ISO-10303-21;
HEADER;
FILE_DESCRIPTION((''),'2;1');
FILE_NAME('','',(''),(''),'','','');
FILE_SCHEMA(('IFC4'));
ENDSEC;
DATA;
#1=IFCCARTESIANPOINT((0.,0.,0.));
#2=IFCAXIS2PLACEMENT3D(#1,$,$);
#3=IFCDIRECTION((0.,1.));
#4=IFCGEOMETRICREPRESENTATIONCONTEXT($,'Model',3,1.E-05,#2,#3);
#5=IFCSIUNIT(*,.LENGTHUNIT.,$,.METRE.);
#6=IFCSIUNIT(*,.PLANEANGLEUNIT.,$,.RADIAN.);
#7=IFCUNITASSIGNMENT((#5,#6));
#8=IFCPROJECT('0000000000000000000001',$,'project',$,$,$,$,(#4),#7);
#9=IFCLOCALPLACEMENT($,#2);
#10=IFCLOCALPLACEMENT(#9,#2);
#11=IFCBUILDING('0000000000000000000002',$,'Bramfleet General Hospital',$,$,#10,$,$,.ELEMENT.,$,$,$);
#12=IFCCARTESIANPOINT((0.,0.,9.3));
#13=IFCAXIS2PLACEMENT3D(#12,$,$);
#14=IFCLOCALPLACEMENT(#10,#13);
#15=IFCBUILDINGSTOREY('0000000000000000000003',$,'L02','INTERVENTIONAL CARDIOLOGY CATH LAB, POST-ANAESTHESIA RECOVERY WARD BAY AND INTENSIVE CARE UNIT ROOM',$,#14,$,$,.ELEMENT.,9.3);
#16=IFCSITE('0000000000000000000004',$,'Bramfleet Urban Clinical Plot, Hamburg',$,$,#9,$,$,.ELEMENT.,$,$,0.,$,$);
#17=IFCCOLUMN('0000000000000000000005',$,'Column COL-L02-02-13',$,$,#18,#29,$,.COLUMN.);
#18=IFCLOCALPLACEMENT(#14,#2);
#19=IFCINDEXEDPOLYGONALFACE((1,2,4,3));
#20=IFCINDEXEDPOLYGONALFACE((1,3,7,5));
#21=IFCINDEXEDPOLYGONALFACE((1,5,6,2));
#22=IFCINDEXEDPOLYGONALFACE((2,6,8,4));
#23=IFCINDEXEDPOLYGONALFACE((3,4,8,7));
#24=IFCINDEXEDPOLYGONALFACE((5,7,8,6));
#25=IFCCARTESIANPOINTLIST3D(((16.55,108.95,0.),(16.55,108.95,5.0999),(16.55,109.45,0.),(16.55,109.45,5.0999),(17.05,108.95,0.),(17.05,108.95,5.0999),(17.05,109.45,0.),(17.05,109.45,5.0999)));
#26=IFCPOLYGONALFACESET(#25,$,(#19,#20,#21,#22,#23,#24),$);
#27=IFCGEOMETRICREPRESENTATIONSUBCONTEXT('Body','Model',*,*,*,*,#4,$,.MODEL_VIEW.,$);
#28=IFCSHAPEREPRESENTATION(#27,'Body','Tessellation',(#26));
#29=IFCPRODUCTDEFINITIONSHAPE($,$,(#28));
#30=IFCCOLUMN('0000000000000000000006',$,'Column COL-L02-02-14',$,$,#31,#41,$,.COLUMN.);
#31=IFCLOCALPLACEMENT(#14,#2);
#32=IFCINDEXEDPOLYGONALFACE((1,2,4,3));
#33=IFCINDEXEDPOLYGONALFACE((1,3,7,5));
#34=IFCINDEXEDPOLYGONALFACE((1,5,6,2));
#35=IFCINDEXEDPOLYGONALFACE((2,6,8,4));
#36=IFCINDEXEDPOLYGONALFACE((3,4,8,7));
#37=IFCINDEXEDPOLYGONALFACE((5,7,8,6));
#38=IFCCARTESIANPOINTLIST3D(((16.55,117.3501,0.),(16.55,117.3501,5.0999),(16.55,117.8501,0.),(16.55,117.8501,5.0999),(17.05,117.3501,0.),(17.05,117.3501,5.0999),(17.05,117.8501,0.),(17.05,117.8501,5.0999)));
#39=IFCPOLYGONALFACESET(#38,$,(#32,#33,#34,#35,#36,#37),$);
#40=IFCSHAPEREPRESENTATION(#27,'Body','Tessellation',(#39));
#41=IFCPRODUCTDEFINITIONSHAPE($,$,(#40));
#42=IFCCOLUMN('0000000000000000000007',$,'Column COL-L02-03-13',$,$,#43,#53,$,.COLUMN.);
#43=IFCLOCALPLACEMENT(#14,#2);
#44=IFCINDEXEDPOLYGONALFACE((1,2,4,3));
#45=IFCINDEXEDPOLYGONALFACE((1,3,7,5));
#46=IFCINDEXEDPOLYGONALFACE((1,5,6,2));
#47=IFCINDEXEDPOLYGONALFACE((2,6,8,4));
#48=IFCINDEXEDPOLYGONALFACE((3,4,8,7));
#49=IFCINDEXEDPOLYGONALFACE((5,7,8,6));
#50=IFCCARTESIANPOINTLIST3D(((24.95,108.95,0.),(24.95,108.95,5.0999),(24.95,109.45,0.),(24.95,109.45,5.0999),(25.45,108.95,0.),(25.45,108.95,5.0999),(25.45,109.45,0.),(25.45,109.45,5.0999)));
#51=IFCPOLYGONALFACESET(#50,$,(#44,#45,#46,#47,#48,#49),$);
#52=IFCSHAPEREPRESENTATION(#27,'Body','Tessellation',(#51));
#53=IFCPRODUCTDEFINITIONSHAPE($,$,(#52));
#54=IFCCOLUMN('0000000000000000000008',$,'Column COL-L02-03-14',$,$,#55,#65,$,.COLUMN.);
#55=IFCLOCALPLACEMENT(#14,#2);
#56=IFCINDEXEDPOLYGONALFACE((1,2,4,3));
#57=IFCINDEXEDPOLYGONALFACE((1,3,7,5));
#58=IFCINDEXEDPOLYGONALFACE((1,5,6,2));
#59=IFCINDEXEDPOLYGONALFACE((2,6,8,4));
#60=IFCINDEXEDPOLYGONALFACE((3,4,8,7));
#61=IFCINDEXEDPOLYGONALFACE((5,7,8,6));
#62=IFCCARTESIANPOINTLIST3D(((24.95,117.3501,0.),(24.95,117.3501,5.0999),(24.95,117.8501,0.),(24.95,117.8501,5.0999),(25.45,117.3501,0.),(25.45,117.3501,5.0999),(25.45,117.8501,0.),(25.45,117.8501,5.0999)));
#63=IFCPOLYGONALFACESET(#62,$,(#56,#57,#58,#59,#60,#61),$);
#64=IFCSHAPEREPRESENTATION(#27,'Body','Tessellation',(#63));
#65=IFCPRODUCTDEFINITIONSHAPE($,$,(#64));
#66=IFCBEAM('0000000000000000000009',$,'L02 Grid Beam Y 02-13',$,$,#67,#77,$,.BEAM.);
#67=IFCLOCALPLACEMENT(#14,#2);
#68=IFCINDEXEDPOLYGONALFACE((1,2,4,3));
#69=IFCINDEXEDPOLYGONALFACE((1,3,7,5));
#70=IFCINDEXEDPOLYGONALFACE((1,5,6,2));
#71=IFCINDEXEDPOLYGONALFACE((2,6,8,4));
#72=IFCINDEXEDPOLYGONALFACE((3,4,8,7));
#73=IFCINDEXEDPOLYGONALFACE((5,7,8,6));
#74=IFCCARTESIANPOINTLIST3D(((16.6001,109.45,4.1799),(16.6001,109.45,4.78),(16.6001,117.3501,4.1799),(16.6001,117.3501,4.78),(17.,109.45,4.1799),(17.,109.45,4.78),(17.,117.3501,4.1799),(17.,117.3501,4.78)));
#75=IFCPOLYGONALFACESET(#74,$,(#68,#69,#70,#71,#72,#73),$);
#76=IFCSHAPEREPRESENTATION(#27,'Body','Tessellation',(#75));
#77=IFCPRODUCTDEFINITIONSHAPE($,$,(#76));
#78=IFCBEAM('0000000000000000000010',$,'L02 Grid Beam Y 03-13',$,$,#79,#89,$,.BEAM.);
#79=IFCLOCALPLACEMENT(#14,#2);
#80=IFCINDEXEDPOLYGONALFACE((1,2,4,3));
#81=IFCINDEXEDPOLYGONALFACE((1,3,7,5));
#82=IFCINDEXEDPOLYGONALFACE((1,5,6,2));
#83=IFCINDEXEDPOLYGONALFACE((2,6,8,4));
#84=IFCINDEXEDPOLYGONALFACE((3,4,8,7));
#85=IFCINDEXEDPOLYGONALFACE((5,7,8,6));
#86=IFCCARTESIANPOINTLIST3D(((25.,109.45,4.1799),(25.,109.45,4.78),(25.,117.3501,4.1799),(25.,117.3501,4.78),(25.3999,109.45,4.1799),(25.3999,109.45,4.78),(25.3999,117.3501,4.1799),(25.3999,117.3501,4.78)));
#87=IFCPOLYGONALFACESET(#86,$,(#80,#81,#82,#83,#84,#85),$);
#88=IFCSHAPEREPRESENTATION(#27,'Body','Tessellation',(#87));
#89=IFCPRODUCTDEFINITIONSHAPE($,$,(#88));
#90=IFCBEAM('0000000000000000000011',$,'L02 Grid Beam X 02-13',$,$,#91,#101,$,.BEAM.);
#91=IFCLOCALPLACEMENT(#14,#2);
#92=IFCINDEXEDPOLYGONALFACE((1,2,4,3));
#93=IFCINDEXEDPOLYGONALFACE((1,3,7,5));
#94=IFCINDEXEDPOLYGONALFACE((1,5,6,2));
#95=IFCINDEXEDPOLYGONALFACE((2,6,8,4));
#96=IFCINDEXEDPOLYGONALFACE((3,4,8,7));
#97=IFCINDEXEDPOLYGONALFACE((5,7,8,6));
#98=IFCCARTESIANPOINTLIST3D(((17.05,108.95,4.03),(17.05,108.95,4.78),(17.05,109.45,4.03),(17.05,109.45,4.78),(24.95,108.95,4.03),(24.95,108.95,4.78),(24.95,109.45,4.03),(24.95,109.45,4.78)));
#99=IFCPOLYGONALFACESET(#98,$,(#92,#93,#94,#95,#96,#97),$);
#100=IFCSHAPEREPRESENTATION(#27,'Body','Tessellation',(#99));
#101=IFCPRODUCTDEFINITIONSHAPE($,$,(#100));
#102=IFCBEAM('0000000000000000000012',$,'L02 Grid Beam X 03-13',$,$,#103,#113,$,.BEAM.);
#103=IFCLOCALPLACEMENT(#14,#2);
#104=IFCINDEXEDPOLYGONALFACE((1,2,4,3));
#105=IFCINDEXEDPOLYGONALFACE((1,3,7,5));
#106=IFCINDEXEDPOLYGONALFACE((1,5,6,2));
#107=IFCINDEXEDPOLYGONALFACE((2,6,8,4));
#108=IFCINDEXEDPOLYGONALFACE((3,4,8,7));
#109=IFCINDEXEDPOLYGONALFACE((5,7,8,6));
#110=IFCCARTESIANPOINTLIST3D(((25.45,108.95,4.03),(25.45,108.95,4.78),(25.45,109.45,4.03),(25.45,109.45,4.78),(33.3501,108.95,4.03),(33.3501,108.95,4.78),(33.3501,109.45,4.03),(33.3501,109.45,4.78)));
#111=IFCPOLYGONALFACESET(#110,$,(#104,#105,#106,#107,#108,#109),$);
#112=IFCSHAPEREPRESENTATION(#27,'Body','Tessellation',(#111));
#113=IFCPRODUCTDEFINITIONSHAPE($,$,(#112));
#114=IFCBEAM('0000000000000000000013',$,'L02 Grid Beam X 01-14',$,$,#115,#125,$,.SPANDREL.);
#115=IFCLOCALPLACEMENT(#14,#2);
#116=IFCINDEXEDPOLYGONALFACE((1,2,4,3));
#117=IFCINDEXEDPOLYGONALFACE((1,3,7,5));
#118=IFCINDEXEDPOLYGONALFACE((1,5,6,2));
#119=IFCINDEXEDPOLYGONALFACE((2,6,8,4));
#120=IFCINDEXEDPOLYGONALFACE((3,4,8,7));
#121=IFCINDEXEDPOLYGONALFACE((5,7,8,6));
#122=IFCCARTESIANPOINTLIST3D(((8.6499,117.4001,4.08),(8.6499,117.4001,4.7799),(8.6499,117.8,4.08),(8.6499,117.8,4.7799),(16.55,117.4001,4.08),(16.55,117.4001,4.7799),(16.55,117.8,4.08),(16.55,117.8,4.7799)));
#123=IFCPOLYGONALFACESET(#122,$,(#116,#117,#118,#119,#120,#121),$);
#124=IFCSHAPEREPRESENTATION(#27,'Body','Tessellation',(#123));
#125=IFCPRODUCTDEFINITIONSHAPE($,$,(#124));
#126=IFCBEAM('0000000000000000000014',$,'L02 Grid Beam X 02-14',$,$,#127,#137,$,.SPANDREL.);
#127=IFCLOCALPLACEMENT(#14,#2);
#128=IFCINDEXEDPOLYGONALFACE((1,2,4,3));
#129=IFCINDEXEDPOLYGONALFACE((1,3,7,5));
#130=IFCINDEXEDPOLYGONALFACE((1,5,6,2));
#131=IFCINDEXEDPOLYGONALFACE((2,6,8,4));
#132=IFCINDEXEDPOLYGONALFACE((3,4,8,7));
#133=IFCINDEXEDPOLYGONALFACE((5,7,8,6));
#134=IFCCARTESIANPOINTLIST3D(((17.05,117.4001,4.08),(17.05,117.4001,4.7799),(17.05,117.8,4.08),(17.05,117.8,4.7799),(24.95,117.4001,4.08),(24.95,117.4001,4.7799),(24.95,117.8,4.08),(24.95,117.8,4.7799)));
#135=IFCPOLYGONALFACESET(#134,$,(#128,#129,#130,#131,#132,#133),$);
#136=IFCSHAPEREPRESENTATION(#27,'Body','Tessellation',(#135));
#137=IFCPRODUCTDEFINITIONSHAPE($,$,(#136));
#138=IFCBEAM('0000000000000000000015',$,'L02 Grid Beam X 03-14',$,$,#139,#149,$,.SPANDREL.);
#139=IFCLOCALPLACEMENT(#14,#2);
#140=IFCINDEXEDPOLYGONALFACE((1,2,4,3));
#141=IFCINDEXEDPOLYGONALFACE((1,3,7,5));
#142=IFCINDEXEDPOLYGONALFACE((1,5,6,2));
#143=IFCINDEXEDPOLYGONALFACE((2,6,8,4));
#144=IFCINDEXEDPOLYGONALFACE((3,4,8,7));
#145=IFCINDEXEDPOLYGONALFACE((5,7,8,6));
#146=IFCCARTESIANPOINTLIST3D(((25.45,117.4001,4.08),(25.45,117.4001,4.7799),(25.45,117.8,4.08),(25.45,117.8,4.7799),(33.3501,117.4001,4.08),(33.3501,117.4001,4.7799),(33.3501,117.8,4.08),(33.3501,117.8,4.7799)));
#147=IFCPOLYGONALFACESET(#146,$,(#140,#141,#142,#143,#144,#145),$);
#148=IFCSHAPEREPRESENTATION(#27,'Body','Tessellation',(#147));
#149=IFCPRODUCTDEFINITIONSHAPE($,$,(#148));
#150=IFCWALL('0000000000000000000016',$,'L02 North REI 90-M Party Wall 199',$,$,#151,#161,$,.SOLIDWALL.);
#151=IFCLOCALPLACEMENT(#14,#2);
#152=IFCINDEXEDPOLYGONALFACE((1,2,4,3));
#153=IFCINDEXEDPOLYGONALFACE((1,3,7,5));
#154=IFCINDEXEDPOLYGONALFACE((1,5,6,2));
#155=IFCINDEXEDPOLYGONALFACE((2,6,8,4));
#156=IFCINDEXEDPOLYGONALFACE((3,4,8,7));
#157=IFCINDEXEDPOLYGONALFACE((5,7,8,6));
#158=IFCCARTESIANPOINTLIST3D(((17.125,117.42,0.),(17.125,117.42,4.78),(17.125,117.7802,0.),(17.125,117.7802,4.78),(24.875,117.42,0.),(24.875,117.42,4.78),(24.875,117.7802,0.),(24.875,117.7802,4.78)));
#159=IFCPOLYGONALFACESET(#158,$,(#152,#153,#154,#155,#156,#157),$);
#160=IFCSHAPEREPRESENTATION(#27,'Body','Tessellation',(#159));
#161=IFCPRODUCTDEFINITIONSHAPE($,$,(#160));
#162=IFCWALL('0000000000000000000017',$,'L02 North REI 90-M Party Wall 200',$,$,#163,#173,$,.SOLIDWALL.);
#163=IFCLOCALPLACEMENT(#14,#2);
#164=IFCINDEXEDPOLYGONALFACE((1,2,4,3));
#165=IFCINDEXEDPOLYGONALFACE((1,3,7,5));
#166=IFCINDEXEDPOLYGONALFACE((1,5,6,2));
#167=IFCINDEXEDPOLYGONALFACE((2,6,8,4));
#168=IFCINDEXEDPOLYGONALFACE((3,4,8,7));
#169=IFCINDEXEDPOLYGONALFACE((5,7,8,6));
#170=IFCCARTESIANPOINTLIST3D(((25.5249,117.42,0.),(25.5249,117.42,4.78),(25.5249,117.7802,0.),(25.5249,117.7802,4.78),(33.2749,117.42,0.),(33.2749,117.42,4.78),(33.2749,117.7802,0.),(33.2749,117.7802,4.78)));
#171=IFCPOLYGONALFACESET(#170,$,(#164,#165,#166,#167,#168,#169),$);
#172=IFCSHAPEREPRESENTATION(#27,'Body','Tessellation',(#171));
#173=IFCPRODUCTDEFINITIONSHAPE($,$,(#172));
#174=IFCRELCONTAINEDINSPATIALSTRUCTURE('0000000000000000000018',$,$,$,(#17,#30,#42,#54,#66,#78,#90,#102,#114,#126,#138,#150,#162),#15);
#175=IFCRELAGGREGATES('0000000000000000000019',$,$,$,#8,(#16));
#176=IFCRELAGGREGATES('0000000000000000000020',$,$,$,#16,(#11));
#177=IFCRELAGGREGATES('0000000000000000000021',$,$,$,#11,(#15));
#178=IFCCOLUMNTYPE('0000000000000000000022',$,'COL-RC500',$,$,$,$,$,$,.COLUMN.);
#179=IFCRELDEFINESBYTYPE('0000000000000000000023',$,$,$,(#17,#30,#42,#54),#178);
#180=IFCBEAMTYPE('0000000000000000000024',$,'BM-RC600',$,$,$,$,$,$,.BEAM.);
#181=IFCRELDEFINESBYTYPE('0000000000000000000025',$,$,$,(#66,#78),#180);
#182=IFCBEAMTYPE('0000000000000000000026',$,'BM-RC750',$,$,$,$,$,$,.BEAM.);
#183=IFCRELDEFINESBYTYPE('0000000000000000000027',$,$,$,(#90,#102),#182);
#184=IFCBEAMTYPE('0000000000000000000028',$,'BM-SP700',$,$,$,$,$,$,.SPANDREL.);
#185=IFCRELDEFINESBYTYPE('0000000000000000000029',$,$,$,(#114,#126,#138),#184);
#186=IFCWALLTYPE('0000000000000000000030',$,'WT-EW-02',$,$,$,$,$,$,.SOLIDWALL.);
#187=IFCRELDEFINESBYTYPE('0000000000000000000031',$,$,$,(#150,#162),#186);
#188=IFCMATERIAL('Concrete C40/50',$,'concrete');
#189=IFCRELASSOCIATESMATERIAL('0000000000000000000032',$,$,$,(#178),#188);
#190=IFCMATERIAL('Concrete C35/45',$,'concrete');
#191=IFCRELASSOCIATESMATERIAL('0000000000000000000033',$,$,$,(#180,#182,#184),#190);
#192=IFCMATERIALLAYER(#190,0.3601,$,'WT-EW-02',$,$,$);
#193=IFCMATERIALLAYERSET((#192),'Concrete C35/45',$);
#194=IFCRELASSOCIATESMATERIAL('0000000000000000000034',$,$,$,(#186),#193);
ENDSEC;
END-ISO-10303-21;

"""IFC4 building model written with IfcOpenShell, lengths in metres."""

from ifc_helpers import new_model, si_unit, direction, frame, frame_2d, origin, origin_2d, place, context, subcontext, project, spatial, rectangle, extrude, material, layer, layer_set, material_profile, profile_set, type_object, element, save


model = new_model("IFC4")

# Units and contexts
model_context = context("Model", 3, precision=1e-05, world=origin(), true_north=direction((0.0, 1.0)))
body_context = subcontext(model_context, "Body", "Model", "MODEL_VIEW")
ifc_project = project(units=[si_unit("LENGTHUNIT", "METRE"), si_unit("PLANEANGLEUNIT", "RADIAN")], contexts=[model_context])

# Site, building, storey
site_placement = place(None, origin())
site = spatial("IfcSite", under=ifc_project, at=site_placement, Name="Bramfleet Urban Clinical Plot, Hamburg", CompositionType="ELEMENT", RefElevation=0.0)
building_placement = place(site_placement, origin())
building = spatial("IfcBuilding", under=site, at=building_placement, Name="Bramfleet General Hospital", CompositionType="ELEMENT")
storey_placement = place(building_placement, frame((0.0, 0.0, 9.3)))
storey = spatial("IfcBuildingStorey", under=building, at=storey_placement, Name="L02", Description="INTERVENTIONAL CARDIOLOGY CATH LAB, POST-ANAESTHESIA RECOVERY WARD BAY AND INTENSIVE CARE UNIT ROOM", CompositionType="ELEMENT", Elevation=9.3)

# Columns
ifc_material_1 = material(Name="Concrete C40/50", Category="concrete")
ifc_material_profile_1 = material_profile(ifc_material_1, rectangle(XDim=0.5, YDim=0.5, at=origin_2d()), Name="RC COL 500x500")
ifc_profile_set_1 = profile_set([ifc_material_profile_1], Name="Concrete C40/50")
column_type = type_object("IfcColumnType", Name="COL-RC500", PredefinedType="COLUMN", material=ifc_profile_set_1)
for number, where, z_axis, x_axis, name in (
    (1, (16.8, 109.2, 0.0), (0.0, 0.0, 1.0), (1.0, 0.0, 0.0), "Column COL-L02-02-13"),
    (2, (16.8, 117.6001, 0.0), (0.0, 0.0, 1.0), (1.0, 0.0, 0.0), "Column COL-L02-02-14"),
    (3, (25.2, 109.2, 0.0), (0.0, 0.0, 1.0), (1.0, 0.0, 0.0), "Column COL-L02-03-13"),
    (4, (25.2, 117.6001, 0.0), (0.0, 0.0, 1.0), (1.0, 0.0, 0.0), "Column COL-L02-03-14"),
):
    element("IfcColumn", number, at=place(storey_placement, frame(where, z_axis=z_axis, x_axis=x_axis)), inside=storey, type_object=column_type, Name=name, PredefinedType="COLUMN", context=body_context, shape_type="SweptSolid", body=[
        extrude(rectangle(XDim=0.5, YDim=0.5, at=origin_2d()), origin(), (0.0, 0.0, 1.0), 5.0999),
    ])

# Beams
ifc_material_2 = material(Name="Concrete C35/45", Category="concrete")
ifc_material_profile_2 = material_profile(ifc_material_2, rectangle(XDim=0.3999, YDim=0.6001, at=origin_2d()), Name="RC BM 600x400")
ifc_profile_set_2 = profile_set([ifc_material_profile_2], Name="Concrete C35/45")
beam_type_1 = type_object("IfcBeamType", Name="BM-RC600", PredefinedType="BEAM", material=ifc_profile_set_2)
for number, where, z_axis, x_axis, name in (
    (5, (16.8, 109.45, 4.48), (0.0, 1.0, 0.0), (-1.0, 0.0, 0.0), "L02 Grid Beam Y 02-13"),
    (6, (25.2, 109.45, 4.48), (0.0, 1.0, 0.0), (-1.0, 0.0, 0.0), "L02 Grid Beam Y 03-13"),
):
    element("IfcBeam", number, at=place(storey_placement, frame(where, z_axis=z_axis, x_axis=x_axis)), inside=storey, type_object=beam_type_1, Name=name, PredefinedType="BEAM", context=body_context, shape_type="SweptSolid", body=[
        extrude(rectangle(XDim=0.3999, YDim=0.6001, at=origin_2d()), origin(), (0.0, 0.0, 1.0), 7.9001),
    ])
ifc_material_profile_3 = material_profile(ifc_material_2, rectangle(XDim=0.5, YDim=0.75, at=origin_2d()), Name="RC BM 750x500")
ifc_profile_set_3 = profile_set([ifc_material_profile_3], Name="Concrete C35/45")
beam_type_2 = type_object("IfcBeamType", Name="BM-RC750", PredefinedType="BEAM", material=ifc_profile_set_3)
beam_1_placement = place(storey_placement, frame((17.05, 109.2, 4.405), z_axis=(1.0, 0.0, 0.0), x_axis=(0.0, 1.0, 0.0)))
element("IfcBeam", 7, at=beam_1_placement, inside=storey, type_object=beam_type_2, Name="L02 Grid Beam X 02-13", PredefinedType="BEAM", context=body_context, shape_type="SweptSolid", body=[
    extrude(rectangle(XDim=0.5, YDim=0.75, at=origin_2d()), origin(), (0.0, 0.0, 1.0), 7.8999),
])
beam_2_placement = place(storey_placement, frame((25.45, 109.2, 4.405), z_axis=(1.0, 0.0, 0.0), x_axis=(0.0, 1.0, 0.0)))
element("IfcBeam", 8, at=beam_2_placement, inside=storey, type_object=beam_type_2, Name="L02 Grid Beam X 03-13", PredefinedType="BEAM", context=body_context, shape_type="SweptSolid", body=[
    extrude(rectangle(XDim=0.5, YDim=0.75, at=origin_2d()), origin(), (0.0, 0.0, 1.0), 7.9001),
])
ifc_material_profile_4 = material_profile(ifc_material_2, rectangle(XDim=0.3999, YDim=0.7, at=origin_2d()), Name="RC SP 700x400")
ifc_profile_set_4 = profile_set([ifc_material_profile_4], Name="Concrete C35/45")
beam_type_3 = type_object("IfcBeamType", Name="BM-SP700", PredefinedType="SPANDREL", material=ifc_profile_set_4)
beam_3_placement = place(storey_placement, frame((8.6499, 117.6001, 4.4299), z_axis=(1.0, 0.0, 0.0), x_axis=(0.0, 1.0, 0.0)))
element("IfcBeam", 9, at=beam_3_placement, inside=storey, type_object=beam_type_3, Name="L02 Grid Beam X 01-14", PredefinedType="SPANDREL", context=body_context, shape_type="SweptSolid", body=[
    extrude(rectangle(XDim=0.3999, YDim=0.7, at=origin_2d()), origin(), (0.0, 0.0, 1.0), 7.9001),
])
beam_4_placement = place(storey_placement, frame((17.05, 117.6001, 4.4299), z_axis=(1.0, 0.0, 0.0), x_axis=(0.0, 1.0, 0.0)))
element("IfcBeam", 10, at=beam_4_placement, inside=storey, type_object=beam_type_3, Name="L02 Grid Beam X 02-14", PredefinedType="SPANDREL", context=body_context, shape_type="SweptSolid", body=[
    extrude(rectangle(XDim=0.3999, YDim=0.7, at=origin_2d()), origin(), (0.0, 0.0, 1.0), 7.8999),
])
beam_5_placement = place(storey_placement, frame((25.45, 117.6001, 4.4299), z_axis=(1.0, 0.0, 0.0), x_axis=(0.0, 1.0, 0.0)))
element("IfcBeam", 11, at=beam_5_placement, inside=storey, type_object=beam_type_3, Name="L02 Grid Beam X 03-14", PredefinedType="SPANDREL", context=body_context, shape_type="SweptSolid", body=[
    extrude(rectangle(XDim=0.3999, YDim=0.7, at=origin_2d()), origin(), (0.0, 0.0, 1.0), 7.9001),
])

# Walls
ifc_layer_1 = layer(ifc_material_2, 0.3601, Name="WT-EW-02")
ifc_layer_set_1 = layer_set([ifc_layer_1], Name="Concrete C35/45")
wall_type_1 = type_object("IfcWallType", Name="WT-EW-02", PredefinedType="SOLIDWALL", material=ifc_layer_set_1)
for number, where, z_axis, x_axis, name in (
    (12, (17.125, 117.6001, 0.0), (0.0, 0.0, 1.0), (1.0, 0.0, 0.0), "L02 North REI 90-M Party Wall 199"),
    (13, (25.5249, 117.6001, 0.0), (0.0, 0.0, 1.0), (1.0, 0.0, 0.0), "L02 North REI 90-M Party Wall 200"),
):
    element("IfcWall", number, at=place(storey_placement, frame(where, z_axis=z_axis, x_axis=x_axis)), inside=storey, type_object=wall_type_1, Name=name, PredefinedType="SOLIDWALL", context=body_context, shape_type="SweptSolid", body=[
        extrude(rectangle(XDim=7.75, YDim=0.3601, at=frame_2d((3.875, 0.0))), origin(), (0.0, 0.0, 1.0), 4.78),
    ])

save(model, "model.ifc")
